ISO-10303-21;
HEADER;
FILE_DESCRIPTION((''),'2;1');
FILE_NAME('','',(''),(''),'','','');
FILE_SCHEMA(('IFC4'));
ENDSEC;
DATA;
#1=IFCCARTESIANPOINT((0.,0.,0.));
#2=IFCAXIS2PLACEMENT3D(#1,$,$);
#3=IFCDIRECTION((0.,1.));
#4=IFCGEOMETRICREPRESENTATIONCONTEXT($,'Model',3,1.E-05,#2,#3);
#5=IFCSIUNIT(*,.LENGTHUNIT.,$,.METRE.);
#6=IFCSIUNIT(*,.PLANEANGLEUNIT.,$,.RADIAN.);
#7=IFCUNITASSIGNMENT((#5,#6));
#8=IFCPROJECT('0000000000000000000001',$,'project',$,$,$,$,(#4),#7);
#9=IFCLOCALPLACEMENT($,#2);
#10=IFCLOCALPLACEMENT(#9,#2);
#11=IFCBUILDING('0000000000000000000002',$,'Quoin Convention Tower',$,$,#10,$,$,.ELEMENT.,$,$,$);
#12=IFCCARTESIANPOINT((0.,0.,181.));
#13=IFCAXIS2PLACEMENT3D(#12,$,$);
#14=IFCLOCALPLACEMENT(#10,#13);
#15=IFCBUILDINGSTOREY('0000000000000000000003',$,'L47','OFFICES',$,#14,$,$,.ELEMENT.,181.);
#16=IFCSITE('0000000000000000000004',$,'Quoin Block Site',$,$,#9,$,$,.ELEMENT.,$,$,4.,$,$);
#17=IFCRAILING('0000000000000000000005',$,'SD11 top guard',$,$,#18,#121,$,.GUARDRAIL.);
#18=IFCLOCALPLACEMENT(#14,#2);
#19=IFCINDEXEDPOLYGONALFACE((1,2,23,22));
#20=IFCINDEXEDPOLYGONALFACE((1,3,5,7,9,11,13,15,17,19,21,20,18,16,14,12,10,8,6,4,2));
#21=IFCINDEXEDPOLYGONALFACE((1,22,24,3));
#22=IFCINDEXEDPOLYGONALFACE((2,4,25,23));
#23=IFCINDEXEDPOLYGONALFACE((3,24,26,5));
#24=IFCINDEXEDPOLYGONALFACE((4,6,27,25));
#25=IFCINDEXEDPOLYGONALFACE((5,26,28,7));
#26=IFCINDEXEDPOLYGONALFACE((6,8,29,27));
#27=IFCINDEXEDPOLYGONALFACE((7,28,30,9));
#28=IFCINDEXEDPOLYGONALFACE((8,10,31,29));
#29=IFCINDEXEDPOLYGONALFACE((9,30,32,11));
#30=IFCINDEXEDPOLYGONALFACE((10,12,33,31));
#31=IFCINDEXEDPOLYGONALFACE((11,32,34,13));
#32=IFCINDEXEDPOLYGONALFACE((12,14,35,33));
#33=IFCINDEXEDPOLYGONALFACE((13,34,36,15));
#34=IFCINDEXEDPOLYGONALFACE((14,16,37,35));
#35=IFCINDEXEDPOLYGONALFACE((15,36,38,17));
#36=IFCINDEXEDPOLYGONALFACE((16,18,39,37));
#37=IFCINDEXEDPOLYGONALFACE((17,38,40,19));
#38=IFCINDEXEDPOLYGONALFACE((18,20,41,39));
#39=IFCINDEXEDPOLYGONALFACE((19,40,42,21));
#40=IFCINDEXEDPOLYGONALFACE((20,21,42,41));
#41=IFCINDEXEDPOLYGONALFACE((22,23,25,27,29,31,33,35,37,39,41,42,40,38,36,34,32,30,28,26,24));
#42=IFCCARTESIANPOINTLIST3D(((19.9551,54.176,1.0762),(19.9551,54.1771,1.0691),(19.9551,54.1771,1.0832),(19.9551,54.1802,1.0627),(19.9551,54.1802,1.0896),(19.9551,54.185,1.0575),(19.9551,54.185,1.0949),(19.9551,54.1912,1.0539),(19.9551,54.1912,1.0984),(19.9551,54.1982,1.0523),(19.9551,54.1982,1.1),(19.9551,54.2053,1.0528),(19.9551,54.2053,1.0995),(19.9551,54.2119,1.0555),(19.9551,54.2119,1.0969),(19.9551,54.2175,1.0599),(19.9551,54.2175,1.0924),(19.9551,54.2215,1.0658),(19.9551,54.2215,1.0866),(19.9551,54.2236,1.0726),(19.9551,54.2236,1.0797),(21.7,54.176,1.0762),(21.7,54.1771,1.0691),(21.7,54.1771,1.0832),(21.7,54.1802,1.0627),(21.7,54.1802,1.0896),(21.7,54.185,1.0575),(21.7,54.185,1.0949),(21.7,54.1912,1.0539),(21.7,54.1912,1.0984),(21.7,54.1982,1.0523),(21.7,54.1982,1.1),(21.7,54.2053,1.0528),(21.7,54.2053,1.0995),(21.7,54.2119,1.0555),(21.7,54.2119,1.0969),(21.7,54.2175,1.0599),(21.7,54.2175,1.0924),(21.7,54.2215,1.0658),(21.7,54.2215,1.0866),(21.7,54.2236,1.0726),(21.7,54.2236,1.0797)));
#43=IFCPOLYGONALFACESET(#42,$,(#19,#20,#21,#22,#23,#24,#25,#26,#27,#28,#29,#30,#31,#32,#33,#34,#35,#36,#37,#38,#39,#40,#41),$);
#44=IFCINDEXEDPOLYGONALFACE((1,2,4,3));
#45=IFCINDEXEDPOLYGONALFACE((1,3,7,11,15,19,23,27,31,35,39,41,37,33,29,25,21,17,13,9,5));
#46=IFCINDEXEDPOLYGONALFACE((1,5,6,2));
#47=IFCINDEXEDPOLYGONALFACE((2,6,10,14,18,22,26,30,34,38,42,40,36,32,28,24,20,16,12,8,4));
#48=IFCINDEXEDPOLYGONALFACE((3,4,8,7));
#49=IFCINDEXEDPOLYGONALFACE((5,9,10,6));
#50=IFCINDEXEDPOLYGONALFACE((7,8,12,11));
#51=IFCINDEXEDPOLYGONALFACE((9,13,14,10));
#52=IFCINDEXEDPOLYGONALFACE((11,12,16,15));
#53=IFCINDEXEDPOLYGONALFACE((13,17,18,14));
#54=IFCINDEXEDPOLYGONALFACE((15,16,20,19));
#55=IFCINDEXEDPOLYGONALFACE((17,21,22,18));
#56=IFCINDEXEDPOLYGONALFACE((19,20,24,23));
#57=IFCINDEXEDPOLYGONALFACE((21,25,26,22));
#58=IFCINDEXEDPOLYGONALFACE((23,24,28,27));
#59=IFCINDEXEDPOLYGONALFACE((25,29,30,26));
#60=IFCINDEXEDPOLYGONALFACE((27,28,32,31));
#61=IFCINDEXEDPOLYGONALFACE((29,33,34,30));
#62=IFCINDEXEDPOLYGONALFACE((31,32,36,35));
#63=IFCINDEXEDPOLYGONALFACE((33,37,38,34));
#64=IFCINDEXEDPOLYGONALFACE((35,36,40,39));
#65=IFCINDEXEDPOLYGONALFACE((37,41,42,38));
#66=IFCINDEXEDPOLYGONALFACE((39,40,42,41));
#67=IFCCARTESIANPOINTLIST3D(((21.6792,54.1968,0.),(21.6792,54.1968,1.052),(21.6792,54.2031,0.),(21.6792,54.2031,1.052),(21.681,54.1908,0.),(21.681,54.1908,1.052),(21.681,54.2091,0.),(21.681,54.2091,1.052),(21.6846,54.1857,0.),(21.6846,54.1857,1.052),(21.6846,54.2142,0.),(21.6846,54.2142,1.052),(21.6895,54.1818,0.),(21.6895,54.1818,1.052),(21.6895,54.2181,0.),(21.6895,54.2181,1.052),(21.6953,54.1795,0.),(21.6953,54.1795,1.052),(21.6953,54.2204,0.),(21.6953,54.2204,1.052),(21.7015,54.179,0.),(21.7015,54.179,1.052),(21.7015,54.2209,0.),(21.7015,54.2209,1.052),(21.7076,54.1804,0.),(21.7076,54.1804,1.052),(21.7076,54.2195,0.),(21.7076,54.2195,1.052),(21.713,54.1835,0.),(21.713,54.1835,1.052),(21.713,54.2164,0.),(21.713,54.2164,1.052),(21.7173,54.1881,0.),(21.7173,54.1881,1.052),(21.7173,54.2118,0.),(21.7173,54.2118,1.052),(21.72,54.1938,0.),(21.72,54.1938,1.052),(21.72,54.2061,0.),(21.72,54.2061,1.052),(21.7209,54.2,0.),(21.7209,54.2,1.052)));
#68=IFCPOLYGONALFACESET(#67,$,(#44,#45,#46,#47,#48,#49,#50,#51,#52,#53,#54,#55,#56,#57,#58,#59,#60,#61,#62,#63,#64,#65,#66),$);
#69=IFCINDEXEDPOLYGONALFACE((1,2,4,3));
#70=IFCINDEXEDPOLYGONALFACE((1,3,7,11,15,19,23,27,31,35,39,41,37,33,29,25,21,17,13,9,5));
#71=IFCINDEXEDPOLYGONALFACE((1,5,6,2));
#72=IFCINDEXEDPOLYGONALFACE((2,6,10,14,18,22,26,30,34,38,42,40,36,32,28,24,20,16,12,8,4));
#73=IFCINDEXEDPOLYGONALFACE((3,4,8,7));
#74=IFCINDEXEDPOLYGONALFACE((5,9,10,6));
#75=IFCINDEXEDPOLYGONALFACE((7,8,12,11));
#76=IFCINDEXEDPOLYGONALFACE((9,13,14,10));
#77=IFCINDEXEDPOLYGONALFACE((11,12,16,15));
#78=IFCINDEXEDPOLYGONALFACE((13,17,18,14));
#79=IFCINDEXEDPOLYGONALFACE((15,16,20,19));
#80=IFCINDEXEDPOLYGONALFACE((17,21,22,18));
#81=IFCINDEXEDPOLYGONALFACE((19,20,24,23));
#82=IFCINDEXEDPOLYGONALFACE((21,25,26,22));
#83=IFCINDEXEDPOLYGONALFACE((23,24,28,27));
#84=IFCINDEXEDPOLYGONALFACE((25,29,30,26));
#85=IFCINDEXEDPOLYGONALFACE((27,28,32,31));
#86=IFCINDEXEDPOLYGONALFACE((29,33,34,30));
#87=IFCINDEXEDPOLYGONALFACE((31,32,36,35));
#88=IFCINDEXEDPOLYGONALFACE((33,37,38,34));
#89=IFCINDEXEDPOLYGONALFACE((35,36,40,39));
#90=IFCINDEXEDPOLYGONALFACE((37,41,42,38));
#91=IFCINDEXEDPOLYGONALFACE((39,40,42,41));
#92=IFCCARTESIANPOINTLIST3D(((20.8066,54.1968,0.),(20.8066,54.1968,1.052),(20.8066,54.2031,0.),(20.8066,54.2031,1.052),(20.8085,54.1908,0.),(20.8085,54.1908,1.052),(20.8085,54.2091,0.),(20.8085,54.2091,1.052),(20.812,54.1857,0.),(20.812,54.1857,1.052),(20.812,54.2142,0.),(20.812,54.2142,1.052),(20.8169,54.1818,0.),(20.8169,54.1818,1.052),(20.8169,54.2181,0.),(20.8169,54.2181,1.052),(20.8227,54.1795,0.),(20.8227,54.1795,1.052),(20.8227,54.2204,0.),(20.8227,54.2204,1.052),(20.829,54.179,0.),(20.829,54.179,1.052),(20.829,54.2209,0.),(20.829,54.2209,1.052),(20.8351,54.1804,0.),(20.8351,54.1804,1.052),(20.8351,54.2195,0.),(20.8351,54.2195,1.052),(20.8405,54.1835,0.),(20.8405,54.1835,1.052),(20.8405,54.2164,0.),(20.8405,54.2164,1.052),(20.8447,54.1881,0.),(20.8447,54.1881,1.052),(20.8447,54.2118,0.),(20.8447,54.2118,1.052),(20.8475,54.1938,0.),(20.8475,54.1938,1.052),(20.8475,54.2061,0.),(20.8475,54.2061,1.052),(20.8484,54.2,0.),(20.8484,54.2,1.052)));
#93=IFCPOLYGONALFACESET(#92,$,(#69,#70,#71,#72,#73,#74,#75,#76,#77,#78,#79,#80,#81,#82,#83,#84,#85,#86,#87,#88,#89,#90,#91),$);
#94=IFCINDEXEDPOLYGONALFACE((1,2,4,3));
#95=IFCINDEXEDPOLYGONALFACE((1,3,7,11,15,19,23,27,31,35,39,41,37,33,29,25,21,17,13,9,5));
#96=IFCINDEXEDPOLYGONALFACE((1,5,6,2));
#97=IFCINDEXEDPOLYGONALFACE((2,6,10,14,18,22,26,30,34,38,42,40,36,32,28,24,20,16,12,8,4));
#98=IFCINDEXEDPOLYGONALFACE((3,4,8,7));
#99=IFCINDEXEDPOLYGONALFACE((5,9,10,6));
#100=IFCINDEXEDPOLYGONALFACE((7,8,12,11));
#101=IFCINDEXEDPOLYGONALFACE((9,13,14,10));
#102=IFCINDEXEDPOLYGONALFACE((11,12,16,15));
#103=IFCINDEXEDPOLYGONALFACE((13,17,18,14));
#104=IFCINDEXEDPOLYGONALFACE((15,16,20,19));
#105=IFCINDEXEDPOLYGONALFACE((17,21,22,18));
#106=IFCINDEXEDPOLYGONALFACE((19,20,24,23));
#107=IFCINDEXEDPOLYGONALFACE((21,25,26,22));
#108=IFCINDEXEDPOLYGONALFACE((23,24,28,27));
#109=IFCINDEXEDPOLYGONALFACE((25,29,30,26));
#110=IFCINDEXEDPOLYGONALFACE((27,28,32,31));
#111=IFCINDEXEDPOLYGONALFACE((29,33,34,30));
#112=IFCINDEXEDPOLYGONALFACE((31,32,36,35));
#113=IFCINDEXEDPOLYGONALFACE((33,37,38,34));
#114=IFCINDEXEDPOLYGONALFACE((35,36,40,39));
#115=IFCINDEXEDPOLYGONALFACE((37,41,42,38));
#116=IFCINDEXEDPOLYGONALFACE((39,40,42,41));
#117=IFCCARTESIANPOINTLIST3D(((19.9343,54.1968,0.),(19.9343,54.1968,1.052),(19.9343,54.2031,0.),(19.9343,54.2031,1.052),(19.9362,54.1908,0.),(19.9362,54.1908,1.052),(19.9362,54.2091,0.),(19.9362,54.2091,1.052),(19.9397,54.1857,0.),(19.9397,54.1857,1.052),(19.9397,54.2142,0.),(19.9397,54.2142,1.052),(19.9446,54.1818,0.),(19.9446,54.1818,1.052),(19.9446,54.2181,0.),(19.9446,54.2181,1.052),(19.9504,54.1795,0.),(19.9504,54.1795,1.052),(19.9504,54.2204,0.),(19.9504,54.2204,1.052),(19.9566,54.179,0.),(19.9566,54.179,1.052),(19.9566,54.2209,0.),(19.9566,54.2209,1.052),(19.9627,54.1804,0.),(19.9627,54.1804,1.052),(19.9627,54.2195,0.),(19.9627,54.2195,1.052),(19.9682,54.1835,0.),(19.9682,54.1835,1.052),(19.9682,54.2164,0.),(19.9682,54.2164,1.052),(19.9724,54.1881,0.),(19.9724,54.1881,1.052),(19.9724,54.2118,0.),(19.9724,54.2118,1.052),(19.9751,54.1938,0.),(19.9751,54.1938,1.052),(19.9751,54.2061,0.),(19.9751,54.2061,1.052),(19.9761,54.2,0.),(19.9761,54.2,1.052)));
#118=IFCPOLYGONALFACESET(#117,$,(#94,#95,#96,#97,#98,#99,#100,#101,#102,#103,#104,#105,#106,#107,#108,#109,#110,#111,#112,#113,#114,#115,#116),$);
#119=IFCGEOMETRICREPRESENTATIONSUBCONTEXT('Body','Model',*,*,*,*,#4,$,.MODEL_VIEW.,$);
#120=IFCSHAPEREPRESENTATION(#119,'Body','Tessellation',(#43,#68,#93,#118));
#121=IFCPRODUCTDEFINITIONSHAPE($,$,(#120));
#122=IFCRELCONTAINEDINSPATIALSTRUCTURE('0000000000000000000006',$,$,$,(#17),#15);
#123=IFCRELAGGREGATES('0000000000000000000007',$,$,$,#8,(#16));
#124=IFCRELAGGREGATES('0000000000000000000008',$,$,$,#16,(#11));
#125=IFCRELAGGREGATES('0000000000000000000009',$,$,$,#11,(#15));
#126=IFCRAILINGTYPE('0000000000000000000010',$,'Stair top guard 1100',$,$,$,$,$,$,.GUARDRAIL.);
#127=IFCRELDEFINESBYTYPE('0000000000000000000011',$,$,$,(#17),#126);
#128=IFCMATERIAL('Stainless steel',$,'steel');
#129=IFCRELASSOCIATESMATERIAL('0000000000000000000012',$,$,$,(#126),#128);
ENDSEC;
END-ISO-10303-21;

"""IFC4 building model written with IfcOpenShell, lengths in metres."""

from ifc_helpers import new_model, si_unit, direction, frame, origin, origin_2d, place, context, subcontext, project, spatial, circle, extrude, material, type_object, element, save


model = new_model("IFC4")

# Units and contexts
model_context = context("Model", 3, precision=1e-05, world=origin(), true_north=direction((0.0, 1.0)))
body_context = subcontext(model_context, "Body", "Model", "MODEL_VIEW")
ifc_project = project(units=[si_unit("LENGTHUNIT", "METRE"), si_unit("PLANEANGLEUNIT", "RADIAN")], contexts=[model_context])

# Site, building, storey
site_placement = place(None, origin())
site = spatial("IfcSite", under=ifc_project, at=site_placement, Name="Quoin Block Site", CompositionType="ELEMENT", RefElevation=4.0)
building_placement = place(site_placement, origin())
building = spatial("IfcBuilding", under=site, at=building_placement, Name="Quoin Convention Tower", CompositionType="ELEMENT")
storey_placement = place(building_placement, frame((0.0, 0.0, 181.0)))
storey = spatial("IfcBuildingStorey", under=building, at=storey_placement, Name="L47", Description="OFFICES", CompositionType="ELEMENT", Elevation=181.0)

# Railing
ifc_material_1 = material(Name="Stainless steel", Category="steel")
railing_type_1 = type_object("IfcRailingType", Name="Stair top guard 1100", PredefinedType="GUARDRAIL", material=ifc_material_1)
railing_1_placement = place(storey_placement, frame((21.7, 54.2, 0.0)))
element("IfcRailing", 1, at=railing_1_placement, inside=storey, type_object=railing_type_1, Name="SD11 top guard", PredefinedType="GUARDRAIL", context=body_context, shape_type="SweptSolid", body=[
    extrude(circle(Radius=0.0239, at=origin_2d()), frame((0.0, 0.0, 1.0762), z_axis=(-1.0, 0.0, 0.0), x_axis=(0.0, -1.0, 0.0)), (0.0, 0.0, 1.0), 1.7449),
    extrude(circle(Radius=0.021, at=origin_2d()), origin(), (0.0, 0.0, 1.0), 1.052),
    extrude(circle(Radius=0.021, at=origin_2d()), frame((-0.8726, 0.0, 0.0)), (0.0, 0.0, 1.0), 1.052),
    extrude(circle(Radius=0.021, at=origin_2d()), frame((-1.7449, 0.0, 0.0)), (0.0, 0.0, 1.0), 1.052),
])

save(model, "model.ifc")
